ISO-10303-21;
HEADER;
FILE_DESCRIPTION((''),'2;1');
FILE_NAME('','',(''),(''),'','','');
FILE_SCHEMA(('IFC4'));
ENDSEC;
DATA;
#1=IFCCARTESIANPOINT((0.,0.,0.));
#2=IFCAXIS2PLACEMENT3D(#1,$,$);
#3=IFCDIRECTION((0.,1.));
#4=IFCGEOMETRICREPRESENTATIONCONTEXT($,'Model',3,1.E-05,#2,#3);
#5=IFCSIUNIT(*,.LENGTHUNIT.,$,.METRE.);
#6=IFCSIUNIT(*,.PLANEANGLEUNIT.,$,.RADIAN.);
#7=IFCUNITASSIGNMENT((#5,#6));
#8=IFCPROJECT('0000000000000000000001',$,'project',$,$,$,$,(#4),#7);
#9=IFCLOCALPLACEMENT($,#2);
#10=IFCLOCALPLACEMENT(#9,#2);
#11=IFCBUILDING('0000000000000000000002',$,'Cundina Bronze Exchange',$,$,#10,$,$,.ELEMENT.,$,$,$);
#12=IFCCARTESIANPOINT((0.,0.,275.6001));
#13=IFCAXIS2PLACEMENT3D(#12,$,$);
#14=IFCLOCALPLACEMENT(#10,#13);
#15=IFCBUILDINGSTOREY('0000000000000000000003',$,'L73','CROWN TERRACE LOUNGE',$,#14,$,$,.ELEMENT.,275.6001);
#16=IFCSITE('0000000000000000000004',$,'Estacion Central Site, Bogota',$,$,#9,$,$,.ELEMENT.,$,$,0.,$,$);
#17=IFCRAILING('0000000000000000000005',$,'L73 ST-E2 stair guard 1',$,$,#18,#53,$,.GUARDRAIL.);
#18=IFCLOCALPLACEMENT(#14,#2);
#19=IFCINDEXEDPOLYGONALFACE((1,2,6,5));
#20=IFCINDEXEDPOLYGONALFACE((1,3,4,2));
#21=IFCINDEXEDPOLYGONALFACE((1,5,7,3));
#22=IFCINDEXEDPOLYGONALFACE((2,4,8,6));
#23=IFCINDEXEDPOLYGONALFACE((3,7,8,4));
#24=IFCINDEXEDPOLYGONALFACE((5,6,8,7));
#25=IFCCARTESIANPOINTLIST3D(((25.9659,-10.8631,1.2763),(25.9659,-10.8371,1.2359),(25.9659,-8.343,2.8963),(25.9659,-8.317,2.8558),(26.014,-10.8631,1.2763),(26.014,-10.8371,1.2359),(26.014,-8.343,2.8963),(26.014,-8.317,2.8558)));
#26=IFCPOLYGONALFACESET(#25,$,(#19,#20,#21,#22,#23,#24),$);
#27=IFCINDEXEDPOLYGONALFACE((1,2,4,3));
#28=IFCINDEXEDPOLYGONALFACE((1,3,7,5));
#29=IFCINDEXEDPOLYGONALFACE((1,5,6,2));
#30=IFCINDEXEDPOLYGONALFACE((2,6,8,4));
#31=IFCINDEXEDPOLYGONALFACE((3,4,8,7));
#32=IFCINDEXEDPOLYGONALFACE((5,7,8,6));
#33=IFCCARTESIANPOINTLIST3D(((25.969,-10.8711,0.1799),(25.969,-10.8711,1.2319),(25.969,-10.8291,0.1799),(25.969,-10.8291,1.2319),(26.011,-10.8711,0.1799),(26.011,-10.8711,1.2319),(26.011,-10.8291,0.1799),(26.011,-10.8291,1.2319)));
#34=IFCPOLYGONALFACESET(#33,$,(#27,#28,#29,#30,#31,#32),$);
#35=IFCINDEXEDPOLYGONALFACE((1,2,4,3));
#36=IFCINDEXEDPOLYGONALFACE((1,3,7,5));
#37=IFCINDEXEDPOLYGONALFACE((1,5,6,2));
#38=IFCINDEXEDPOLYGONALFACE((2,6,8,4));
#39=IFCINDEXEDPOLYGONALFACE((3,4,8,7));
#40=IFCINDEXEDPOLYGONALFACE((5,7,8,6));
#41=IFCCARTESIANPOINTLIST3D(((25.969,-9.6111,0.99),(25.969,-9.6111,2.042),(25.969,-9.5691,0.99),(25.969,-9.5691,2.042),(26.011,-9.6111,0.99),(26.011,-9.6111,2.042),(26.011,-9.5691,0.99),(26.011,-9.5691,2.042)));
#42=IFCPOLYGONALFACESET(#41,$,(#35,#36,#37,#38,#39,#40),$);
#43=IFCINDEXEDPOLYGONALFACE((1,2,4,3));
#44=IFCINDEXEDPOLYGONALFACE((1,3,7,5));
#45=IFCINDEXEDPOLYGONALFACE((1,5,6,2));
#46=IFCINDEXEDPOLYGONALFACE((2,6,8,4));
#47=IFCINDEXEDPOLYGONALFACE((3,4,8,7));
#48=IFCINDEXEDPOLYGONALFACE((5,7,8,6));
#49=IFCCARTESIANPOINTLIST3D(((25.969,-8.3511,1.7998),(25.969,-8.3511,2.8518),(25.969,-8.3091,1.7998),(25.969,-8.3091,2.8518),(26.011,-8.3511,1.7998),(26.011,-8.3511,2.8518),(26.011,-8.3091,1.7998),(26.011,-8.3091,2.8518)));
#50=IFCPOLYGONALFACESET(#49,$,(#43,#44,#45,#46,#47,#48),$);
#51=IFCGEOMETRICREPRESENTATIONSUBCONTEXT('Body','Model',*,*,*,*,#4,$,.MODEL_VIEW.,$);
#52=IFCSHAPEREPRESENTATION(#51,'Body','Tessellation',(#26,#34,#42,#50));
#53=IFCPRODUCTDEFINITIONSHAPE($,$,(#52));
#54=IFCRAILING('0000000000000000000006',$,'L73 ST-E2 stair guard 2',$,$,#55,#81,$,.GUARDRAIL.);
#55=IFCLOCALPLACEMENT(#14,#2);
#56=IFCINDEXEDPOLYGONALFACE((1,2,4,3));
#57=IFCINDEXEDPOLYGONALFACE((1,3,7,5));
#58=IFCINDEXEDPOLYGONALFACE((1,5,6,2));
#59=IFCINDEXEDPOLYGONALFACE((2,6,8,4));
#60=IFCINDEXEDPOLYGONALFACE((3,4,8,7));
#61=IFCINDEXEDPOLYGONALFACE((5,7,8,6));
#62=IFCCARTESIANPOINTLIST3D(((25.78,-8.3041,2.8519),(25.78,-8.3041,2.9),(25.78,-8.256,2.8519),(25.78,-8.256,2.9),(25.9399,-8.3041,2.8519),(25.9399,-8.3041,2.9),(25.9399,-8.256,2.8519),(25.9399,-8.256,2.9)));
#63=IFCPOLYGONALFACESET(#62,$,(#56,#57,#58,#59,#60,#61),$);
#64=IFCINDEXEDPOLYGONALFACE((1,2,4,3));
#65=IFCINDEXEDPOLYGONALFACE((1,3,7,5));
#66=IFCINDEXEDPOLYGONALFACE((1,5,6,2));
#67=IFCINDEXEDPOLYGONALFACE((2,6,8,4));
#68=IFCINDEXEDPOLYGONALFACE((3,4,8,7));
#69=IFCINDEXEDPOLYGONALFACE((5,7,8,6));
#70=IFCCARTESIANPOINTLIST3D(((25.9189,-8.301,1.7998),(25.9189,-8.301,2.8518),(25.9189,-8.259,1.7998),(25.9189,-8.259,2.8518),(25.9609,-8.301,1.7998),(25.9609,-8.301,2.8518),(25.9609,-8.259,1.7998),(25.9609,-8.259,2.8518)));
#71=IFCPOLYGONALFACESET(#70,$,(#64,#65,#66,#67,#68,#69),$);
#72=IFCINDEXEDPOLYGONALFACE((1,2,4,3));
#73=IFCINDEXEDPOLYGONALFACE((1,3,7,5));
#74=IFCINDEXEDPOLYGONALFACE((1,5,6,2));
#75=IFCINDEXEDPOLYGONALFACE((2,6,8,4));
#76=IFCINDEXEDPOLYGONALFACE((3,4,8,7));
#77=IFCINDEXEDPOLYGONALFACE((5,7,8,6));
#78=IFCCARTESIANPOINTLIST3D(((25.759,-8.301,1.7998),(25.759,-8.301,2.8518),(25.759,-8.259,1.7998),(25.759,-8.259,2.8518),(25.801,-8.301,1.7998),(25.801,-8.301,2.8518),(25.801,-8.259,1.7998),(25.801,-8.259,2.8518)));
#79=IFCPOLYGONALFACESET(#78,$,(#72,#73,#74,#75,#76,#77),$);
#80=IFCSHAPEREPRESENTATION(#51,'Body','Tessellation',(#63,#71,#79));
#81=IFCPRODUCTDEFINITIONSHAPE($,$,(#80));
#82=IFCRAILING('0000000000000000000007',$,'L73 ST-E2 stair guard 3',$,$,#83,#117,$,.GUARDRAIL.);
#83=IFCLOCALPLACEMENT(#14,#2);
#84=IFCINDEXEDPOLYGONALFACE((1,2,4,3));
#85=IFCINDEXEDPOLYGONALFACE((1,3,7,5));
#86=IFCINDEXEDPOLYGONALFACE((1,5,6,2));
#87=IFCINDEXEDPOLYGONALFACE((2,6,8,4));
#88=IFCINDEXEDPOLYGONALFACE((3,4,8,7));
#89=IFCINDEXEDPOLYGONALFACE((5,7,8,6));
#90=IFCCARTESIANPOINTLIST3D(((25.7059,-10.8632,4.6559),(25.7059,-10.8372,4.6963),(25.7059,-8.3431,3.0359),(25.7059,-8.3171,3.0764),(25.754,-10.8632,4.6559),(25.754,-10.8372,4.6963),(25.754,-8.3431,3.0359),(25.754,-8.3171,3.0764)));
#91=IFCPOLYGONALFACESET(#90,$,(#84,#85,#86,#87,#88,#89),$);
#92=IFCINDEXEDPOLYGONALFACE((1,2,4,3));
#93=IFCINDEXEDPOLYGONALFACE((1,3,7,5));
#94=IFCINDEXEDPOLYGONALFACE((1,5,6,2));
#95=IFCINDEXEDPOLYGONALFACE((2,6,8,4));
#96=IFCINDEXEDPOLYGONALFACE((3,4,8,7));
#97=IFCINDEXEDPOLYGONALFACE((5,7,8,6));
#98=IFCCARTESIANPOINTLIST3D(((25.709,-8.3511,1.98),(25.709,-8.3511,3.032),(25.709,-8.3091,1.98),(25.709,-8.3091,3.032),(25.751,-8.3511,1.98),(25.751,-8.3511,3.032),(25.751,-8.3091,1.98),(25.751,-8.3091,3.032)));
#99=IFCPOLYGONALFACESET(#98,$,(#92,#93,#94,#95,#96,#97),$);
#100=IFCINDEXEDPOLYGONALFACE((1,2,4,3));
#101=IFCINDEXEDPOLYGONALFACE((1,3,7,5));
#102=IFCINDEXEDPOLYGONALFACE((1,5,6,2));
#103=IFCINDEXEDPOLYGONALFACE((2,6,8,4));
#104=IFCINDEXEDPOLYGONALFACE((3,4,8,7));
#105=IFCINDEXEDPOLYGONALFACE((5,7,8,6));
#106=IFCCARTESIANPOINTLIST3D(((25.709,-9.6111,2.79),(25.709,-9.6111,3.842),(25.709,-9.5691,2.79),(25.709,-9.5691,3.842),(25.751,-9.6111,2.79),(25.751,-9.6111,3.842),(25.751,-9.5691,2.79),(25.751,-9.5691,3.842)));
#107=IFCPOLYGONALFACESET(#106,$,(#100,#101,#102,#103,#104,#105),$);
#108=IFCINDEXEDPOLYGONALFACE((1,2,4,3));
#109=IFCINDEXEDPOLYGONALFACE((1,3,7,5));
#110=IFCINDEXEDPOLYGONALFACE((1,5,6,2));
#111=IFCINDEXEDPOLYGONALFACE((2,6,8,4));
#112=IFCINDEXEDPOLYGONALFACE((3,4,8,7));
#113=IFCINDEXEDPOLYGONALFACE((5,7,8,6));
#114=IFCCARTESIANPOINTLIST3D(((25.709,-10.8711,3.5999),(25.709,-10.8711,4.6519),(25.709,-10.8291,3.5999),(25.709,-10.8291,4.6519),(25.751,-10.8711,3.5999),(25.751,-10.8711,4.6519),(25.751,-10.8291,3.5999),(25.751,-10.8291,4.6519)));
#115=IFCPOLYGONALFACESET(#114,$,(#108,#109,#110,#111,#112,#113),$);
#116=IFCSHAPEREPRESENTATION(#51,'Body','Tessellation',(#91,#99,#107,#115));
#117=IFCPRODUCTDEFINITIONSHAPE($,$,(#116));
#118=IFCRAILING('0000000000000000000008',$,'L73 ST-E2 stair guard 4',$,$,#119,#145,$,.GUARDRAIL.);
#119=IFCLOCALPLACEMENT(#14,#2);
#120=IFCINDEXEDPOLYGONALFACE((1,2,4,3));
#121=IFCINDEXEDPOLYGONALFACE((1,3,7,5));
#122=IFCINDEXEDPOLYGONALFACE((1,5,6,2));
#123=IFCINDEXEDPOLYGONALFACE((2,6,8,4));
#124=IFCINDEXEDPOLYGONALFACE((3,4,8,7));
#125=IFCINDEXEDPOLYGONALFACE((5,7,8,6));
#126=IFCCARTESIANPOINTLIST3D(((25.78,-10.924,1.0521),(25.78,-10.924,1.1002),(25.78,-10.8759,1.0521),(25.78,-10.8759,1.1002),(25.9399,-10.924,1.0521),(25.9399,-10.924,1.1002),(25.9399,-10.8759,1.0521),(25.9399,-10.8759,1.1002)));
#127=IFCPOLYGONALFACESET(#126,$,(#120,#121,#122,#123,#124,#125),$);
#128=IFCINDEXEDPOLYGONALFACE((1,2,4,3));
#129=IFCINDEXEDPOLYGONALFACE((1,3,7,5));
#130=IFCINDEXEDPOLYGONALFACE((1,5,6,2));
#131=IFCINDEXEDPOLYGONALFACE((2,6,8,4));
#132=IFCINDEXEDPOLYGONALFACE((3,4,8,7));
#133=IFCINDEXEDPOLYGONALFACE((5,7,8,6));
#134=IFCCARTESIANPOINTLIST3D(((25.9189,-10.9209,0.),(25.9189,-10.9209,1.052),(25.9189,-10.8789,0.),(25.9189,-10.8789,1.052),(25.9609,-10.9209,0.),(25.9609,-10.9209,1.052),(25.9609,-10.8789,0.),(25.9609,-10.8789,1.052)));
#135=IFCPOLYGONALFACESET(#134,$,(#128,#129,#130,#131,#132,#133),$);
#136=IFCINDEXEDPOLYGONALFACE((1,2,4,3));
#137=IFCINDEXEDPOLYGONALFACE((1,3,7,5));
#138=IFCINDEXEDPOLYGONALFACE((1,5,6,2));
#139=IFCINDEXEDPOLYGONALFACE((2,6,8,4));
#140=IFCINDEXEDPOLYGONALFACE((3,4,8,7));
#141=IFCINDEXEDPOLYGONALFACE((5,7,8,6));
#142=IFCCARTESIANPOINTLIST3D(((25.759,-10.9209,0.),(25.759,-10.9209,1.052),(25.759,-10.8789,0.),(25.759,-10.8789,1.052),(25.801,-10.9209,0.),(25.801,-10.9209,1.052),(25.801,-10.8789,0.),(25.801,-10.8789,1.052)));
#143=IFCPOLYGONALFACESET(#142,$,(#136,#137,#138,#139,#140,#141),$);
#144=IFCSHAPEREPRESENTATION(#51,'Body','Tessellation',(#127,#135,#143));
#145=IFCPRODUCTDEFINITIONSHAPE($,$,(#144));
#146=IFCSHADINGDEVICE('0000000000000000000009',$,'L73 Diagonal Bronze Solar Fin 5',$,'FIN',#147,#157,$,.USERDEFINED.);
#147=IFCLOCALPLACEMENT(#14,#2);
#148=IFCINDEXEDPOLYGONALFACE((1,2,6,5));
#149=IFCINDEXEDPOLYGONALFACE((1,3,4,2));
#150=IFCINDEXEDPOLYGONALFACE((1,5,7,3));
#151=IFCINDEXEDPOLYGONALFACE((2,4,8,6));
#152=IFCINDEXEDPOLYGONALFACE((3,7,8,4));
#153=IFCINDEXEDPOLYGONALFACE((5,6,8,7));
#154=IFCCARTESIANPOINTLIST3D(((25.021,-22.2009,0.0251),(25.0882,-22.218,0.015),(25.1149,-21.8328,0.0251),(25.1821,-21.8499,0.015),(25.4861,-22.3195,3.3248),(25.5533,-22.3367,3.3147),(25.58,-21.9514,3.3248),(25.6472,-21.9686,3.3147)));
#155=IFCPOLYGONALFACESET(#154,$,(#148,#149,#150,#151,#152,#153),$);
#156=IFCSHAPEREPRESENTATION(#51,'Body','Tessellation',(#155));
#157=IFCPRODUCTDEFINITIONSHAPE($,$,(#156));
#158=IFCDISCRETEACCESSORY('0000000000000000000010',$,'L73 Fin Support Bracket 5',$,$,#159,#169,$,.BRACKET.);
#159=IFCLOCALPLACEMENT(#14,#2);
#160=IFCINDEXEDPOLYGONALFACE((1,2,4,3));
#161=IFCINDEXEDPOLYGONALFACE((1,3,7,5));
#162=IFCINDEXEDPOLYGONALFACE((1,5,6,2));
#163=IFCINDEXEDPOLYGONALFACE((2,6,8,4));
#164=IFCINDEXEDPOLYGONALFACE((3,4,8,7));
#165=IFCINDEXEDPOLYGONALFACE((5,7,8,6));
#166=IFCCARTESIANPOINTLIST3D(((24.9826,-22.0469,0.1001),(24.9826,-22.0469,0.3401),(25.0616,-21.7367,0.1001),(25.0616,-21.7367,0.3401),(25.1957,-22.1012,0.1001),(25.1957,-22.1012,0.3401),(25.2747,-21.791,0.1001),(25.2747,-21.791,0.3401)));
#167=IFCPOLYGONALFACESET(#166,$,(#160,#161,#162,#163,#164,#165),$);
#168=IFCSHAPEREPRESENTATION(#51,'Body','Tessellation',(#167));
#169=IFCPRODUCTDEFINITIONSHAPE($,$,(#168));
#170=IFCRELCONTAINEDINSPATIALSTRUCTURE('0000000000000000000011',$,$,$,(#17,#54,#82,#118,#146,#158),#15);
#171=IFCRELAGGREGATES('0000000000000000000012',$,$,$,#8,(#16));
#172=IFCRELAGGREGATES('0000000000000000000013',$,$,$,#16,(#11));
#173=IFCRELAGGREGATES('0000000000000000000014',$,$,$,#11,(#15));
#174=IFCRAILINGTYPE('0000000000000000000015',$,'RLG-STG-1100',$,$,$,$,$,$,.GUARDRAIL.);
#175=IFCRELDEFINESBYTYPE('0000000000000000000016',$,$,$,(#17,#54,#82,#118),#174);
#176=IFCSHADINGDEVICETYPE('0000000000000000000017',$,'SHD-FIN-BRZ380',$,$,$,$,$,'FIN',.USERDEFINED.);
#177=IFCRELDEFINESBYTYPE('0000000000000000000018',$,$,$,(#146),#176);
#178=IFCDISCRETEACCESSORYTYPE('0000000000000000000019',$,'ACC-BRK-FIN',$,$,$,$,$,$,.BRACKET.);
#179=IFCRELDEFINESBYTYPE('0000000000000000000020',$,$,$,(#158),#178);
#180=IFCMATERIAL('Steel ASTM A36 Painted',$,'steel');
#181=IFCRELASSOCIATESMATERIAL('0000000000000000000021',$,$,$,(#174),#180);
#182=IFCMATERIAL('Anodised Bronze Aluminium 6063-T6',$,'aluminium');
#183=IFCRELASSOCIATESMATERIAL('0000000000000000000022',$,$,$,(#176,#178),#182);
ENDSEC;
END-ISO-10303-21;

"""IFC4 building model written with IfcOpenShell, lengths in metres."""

from ifc_helpers import new_model, si_unit, direction, frame, origin, origin_2d, place, context, subcontext, project, spatial, rectangle, extrude, material, material_profile, profile_set, type_object, element, save


model = new_model("IFC4")

# Units and contexts
model_context = context("Model", 3, precision=1e-05, world=origin(), true_north=direction((0.0, 1.0)))
body_context = subcontext(model_context, "Body", "Model", "MODEL_VIEW")
ifc_project = project(units=[si_unit("LENGTHUNIT", "METRE"), si_unit("PLANEANGLEUNIT", "RADIAN")], contexts=[model_context])

# Site, building, storey
site_placement = place(None, origin())
site = spatial("IfcSite", under=ifc_project, at=site_placement, Name="Estacion Central Site, Bogota", CompositionType="ELEMENT", RefElevation=0.0)
building_placement = place(site_placement, origin())
building = spatial("IfcBuilding", under=site, at=building_placement, Name="Cundina Bronze Exchange", CompositionType="ELEMENT")
storey_placement = place(building_placement, frame((0.0, 0.0, 275.6001)))
storey = spatial("IfcBuildingStorey", under=building, at=storey_placement, Name="L73", Description="CROWN TERRACE LOUNGE", CompositionType="ELEMENT", Elevation=275.6001)

# Shared definitions
ifc_material_1 = material(Name="Anodised Bronze Aluminium 6063-T6", Category="aluminium")

# Shared definitions
ifc_material_2 = material(Name="Steel ASTM A36 Painted", Category="steel")

# Railings
railing_type_1 = type_object("IfcRailingType", Name="RLG-STG-1100", PredefinedType="GUARDRAIL", material=ifc_material_2)
railing_1_placement = place(storey_placement, frame((25.99, -10.8501, 0.1799)))
element("IfcRailing", 1, at=railing_1_placement, inside=storey, type_object=railing_type_1, Name="L73 ST-E2 stair guard 1", PredefinedType="GUARDRAIL", context=body_context, shape_type="SweptSolid", body=[
    extrude(rectangle(XDim=0.0481, YDim=0.0481, at=origin_2d()), frame((0.0, 0.0, 1.0762), z_axis=(0.0, 0.8412, 0.540725), x_axis=(-1.0, 0.0, 0.0)), (0.0, 0.0, 1.0), 2.9958),
    extrude(rectangle(XDim=0.042, YDim=0.042, at=origin_2d()), origin(), (0.0, 0.0, 1.0), 1.052),
    extrude(rectangle(XDim=0.042, YDim=0.042, at=origin_2d()), frame((0.0, 1.26, 0.8101)), (0.0, 0.0, 1.0), 1.052),
    extrude(rectangle(XDim=0.042, YDim=0.042, at=origin_2d()), frame((0.0, 2.52, 1.6199)), (0.0, 0.0, 1.0), 1.052),
])
railing_2_placement = place(storey_placement, frame((25.9399, -8.28, 1.7998)))
element("IfcRailing", 2, at=railing_2_placement, inside=storey, type_object=railing_type_1, Name="L73 ST-E2 stair guard 2", PredefinedType="GUARDRAIL", context=body_context, shape_type="SweptSolid", body=[
    extrude(rectangle(XDim=0.0481, YDim=0.0481, at=origin_2d()), frame((0.0, 0.0, 1.0762), z_axis=(-1.0, 0.0, 0.0), x_axis=(0.0, -1.0, 0.0)), (0.0, 0.0, 1.0), 0.1599),
    extrude(rectangle(XDim=0.042, YDim=0.042, at=origin_2d()), origin(), (0.0, 0.0, 1.0), 1.052),
    extrude(rectangle(XDim=0.042, YDim=0.042, at=origin_2d()), frame((-0.1599, 0.0, 0.0)), (0.0, 0.0, 1.0), 1.052),
])
railing_3_placement = place(storey_placement, frame((25.73, -8.3301, 1.98)))
element("IfcRailing", 3, at=railing_3_placement, inside=storey, type_object=railing_type_1, Name="L73 ST-E2 stair guard 3", PredefinedType="GUARDRAIL", context=body_context, shape_type="SweptSolid", body=[
    extrude(rectangle(XDim=0.0481, YDim=0.0481, at=origin_2d()), frame((0.0, 0.0, 1.0762), z_axis=(0.0, -0.8412, 0.540725), x_axis=(1.0, 0.0, 0.0)), (0.0, 0.0, 1.0), 2.9958),
    extrude(rectangle(XDim=0.042, YDim=0.042, at=origin_2d()), origin(), (0.0, 0.0, 1.0), 1.052),
    extrude(rectangle(XDim=0.042, YDim=0.042, at=origin_2d()), frame((0.0, -1.26, 0.8101)), (0.0, 0.0, 1.0), 1.052),
    extrude(rectangle(XDim=0.042, YDim=0.042, at=origin_2d()), frame((0.0, -2.52, 1.6199)), (0.0, 0.0, 1.0), 1.052),
])
railing_4_placement = place(storey_placement, frame((25.9399, -10.8999, 0.0)))
element("IfcRailing", 4, at=railing_4_placement, inside=storey, type_object=railing_type_1, Name="L73 ST-E2 stair guard 4", PredefinedType="GUARDRAIL", context=body_context, shape_type="SweptSolid", body=[
    extrude(rectangle(XDim=0.0481, YDim=0.0481, at=origin_2d()), frame((0.0, 0.0, 1.0762), z_axis=(-1.0, 0.0, 0.0), x_axis=(0.0, -1.0, 0.0)), (0.0, 0.0, 1.0), 0.1599),
    extrude(rectangle(XDim=0.042, YDim=0.042, at=origin_2d()), origin(), (0.0, 0.0, 1.0), 1.052),
    extrude(rectangle(XDim=0.042, YDim=0.042, at=origin_2d()), frame((-0.1599, 0.0, 0.0)), (0.0, 0.0, 1.0), 1.052),
])

# Shading device
ifc_material_profile_1 = material_profile(ifc_material_1, rectangle(XDim=0.0701, YDim=0.3799, at=origin_2d()), Name="FIN70X380", Category="aluminium")
ifc_profile_set_1 = profile_set([ifc_material_profile_1], Name="Anodised Bronze Aluminium 6063-T6")
shading_device_type = type_object("IfcShadingDeviceType", Name="SHD-FIN-BRZ380", ElementType="FIN", PredefinedType="USERDEFINED", material=ifc_profile_set_1)
shading_device_placement = place(storey_placement, frame((25.1016, -22.0254, 0.02), z_axis=(0.139476, -0.035583, 0.989586), x_axis=(-0.958873, 0.244626, 0.143944)))
element("IfcShadingDevice", 5, at=shading_device_placement, inside=storey, type_object=shading_device_type, Name="L73 Diagonal Bronze Solar Fin 5", ObjectType="FIN", PredefinedType="USERDEFINED", context=body_context, shape_type="SweptSolid", body=[
    extrude(rectangle(XDim=0.0701, YDim=0.3799, at=origin_2d()), origin(), (0.0, 0.0, 1.0), 3.3345),
])

# Discrete accessory
discrete_accessory_type = type_object("IfcDiscreteAccessoryType", Name="ACC-BRK-FIN", PredefinedType="BRACKET", material=ifc_material_1)
discrete_accessory_placement = place(storey_placement, frame((25.1287, -21.9189, 0.1001), z_axis=(0.0, 0.0, 1.0), x_axis=(0.969067, -0.246796, 0.0)))
element("IfcDiscreteAccessory", 6, at=discrete_accessory_placement, inside=storey, type_object=discrete_accessory_type, Name="L73 Fin Support Bracket 5", PredefinedType="BRACKET", context=body_context, shape_type="SweptSolid", body=[
    extrude(rectangle(XDim=0.22, YDim=0.3201, at=origin_2d()), origin(), (0.0, 0.0, 1.0), 0.24),
])

save(model, "model.ifc")
